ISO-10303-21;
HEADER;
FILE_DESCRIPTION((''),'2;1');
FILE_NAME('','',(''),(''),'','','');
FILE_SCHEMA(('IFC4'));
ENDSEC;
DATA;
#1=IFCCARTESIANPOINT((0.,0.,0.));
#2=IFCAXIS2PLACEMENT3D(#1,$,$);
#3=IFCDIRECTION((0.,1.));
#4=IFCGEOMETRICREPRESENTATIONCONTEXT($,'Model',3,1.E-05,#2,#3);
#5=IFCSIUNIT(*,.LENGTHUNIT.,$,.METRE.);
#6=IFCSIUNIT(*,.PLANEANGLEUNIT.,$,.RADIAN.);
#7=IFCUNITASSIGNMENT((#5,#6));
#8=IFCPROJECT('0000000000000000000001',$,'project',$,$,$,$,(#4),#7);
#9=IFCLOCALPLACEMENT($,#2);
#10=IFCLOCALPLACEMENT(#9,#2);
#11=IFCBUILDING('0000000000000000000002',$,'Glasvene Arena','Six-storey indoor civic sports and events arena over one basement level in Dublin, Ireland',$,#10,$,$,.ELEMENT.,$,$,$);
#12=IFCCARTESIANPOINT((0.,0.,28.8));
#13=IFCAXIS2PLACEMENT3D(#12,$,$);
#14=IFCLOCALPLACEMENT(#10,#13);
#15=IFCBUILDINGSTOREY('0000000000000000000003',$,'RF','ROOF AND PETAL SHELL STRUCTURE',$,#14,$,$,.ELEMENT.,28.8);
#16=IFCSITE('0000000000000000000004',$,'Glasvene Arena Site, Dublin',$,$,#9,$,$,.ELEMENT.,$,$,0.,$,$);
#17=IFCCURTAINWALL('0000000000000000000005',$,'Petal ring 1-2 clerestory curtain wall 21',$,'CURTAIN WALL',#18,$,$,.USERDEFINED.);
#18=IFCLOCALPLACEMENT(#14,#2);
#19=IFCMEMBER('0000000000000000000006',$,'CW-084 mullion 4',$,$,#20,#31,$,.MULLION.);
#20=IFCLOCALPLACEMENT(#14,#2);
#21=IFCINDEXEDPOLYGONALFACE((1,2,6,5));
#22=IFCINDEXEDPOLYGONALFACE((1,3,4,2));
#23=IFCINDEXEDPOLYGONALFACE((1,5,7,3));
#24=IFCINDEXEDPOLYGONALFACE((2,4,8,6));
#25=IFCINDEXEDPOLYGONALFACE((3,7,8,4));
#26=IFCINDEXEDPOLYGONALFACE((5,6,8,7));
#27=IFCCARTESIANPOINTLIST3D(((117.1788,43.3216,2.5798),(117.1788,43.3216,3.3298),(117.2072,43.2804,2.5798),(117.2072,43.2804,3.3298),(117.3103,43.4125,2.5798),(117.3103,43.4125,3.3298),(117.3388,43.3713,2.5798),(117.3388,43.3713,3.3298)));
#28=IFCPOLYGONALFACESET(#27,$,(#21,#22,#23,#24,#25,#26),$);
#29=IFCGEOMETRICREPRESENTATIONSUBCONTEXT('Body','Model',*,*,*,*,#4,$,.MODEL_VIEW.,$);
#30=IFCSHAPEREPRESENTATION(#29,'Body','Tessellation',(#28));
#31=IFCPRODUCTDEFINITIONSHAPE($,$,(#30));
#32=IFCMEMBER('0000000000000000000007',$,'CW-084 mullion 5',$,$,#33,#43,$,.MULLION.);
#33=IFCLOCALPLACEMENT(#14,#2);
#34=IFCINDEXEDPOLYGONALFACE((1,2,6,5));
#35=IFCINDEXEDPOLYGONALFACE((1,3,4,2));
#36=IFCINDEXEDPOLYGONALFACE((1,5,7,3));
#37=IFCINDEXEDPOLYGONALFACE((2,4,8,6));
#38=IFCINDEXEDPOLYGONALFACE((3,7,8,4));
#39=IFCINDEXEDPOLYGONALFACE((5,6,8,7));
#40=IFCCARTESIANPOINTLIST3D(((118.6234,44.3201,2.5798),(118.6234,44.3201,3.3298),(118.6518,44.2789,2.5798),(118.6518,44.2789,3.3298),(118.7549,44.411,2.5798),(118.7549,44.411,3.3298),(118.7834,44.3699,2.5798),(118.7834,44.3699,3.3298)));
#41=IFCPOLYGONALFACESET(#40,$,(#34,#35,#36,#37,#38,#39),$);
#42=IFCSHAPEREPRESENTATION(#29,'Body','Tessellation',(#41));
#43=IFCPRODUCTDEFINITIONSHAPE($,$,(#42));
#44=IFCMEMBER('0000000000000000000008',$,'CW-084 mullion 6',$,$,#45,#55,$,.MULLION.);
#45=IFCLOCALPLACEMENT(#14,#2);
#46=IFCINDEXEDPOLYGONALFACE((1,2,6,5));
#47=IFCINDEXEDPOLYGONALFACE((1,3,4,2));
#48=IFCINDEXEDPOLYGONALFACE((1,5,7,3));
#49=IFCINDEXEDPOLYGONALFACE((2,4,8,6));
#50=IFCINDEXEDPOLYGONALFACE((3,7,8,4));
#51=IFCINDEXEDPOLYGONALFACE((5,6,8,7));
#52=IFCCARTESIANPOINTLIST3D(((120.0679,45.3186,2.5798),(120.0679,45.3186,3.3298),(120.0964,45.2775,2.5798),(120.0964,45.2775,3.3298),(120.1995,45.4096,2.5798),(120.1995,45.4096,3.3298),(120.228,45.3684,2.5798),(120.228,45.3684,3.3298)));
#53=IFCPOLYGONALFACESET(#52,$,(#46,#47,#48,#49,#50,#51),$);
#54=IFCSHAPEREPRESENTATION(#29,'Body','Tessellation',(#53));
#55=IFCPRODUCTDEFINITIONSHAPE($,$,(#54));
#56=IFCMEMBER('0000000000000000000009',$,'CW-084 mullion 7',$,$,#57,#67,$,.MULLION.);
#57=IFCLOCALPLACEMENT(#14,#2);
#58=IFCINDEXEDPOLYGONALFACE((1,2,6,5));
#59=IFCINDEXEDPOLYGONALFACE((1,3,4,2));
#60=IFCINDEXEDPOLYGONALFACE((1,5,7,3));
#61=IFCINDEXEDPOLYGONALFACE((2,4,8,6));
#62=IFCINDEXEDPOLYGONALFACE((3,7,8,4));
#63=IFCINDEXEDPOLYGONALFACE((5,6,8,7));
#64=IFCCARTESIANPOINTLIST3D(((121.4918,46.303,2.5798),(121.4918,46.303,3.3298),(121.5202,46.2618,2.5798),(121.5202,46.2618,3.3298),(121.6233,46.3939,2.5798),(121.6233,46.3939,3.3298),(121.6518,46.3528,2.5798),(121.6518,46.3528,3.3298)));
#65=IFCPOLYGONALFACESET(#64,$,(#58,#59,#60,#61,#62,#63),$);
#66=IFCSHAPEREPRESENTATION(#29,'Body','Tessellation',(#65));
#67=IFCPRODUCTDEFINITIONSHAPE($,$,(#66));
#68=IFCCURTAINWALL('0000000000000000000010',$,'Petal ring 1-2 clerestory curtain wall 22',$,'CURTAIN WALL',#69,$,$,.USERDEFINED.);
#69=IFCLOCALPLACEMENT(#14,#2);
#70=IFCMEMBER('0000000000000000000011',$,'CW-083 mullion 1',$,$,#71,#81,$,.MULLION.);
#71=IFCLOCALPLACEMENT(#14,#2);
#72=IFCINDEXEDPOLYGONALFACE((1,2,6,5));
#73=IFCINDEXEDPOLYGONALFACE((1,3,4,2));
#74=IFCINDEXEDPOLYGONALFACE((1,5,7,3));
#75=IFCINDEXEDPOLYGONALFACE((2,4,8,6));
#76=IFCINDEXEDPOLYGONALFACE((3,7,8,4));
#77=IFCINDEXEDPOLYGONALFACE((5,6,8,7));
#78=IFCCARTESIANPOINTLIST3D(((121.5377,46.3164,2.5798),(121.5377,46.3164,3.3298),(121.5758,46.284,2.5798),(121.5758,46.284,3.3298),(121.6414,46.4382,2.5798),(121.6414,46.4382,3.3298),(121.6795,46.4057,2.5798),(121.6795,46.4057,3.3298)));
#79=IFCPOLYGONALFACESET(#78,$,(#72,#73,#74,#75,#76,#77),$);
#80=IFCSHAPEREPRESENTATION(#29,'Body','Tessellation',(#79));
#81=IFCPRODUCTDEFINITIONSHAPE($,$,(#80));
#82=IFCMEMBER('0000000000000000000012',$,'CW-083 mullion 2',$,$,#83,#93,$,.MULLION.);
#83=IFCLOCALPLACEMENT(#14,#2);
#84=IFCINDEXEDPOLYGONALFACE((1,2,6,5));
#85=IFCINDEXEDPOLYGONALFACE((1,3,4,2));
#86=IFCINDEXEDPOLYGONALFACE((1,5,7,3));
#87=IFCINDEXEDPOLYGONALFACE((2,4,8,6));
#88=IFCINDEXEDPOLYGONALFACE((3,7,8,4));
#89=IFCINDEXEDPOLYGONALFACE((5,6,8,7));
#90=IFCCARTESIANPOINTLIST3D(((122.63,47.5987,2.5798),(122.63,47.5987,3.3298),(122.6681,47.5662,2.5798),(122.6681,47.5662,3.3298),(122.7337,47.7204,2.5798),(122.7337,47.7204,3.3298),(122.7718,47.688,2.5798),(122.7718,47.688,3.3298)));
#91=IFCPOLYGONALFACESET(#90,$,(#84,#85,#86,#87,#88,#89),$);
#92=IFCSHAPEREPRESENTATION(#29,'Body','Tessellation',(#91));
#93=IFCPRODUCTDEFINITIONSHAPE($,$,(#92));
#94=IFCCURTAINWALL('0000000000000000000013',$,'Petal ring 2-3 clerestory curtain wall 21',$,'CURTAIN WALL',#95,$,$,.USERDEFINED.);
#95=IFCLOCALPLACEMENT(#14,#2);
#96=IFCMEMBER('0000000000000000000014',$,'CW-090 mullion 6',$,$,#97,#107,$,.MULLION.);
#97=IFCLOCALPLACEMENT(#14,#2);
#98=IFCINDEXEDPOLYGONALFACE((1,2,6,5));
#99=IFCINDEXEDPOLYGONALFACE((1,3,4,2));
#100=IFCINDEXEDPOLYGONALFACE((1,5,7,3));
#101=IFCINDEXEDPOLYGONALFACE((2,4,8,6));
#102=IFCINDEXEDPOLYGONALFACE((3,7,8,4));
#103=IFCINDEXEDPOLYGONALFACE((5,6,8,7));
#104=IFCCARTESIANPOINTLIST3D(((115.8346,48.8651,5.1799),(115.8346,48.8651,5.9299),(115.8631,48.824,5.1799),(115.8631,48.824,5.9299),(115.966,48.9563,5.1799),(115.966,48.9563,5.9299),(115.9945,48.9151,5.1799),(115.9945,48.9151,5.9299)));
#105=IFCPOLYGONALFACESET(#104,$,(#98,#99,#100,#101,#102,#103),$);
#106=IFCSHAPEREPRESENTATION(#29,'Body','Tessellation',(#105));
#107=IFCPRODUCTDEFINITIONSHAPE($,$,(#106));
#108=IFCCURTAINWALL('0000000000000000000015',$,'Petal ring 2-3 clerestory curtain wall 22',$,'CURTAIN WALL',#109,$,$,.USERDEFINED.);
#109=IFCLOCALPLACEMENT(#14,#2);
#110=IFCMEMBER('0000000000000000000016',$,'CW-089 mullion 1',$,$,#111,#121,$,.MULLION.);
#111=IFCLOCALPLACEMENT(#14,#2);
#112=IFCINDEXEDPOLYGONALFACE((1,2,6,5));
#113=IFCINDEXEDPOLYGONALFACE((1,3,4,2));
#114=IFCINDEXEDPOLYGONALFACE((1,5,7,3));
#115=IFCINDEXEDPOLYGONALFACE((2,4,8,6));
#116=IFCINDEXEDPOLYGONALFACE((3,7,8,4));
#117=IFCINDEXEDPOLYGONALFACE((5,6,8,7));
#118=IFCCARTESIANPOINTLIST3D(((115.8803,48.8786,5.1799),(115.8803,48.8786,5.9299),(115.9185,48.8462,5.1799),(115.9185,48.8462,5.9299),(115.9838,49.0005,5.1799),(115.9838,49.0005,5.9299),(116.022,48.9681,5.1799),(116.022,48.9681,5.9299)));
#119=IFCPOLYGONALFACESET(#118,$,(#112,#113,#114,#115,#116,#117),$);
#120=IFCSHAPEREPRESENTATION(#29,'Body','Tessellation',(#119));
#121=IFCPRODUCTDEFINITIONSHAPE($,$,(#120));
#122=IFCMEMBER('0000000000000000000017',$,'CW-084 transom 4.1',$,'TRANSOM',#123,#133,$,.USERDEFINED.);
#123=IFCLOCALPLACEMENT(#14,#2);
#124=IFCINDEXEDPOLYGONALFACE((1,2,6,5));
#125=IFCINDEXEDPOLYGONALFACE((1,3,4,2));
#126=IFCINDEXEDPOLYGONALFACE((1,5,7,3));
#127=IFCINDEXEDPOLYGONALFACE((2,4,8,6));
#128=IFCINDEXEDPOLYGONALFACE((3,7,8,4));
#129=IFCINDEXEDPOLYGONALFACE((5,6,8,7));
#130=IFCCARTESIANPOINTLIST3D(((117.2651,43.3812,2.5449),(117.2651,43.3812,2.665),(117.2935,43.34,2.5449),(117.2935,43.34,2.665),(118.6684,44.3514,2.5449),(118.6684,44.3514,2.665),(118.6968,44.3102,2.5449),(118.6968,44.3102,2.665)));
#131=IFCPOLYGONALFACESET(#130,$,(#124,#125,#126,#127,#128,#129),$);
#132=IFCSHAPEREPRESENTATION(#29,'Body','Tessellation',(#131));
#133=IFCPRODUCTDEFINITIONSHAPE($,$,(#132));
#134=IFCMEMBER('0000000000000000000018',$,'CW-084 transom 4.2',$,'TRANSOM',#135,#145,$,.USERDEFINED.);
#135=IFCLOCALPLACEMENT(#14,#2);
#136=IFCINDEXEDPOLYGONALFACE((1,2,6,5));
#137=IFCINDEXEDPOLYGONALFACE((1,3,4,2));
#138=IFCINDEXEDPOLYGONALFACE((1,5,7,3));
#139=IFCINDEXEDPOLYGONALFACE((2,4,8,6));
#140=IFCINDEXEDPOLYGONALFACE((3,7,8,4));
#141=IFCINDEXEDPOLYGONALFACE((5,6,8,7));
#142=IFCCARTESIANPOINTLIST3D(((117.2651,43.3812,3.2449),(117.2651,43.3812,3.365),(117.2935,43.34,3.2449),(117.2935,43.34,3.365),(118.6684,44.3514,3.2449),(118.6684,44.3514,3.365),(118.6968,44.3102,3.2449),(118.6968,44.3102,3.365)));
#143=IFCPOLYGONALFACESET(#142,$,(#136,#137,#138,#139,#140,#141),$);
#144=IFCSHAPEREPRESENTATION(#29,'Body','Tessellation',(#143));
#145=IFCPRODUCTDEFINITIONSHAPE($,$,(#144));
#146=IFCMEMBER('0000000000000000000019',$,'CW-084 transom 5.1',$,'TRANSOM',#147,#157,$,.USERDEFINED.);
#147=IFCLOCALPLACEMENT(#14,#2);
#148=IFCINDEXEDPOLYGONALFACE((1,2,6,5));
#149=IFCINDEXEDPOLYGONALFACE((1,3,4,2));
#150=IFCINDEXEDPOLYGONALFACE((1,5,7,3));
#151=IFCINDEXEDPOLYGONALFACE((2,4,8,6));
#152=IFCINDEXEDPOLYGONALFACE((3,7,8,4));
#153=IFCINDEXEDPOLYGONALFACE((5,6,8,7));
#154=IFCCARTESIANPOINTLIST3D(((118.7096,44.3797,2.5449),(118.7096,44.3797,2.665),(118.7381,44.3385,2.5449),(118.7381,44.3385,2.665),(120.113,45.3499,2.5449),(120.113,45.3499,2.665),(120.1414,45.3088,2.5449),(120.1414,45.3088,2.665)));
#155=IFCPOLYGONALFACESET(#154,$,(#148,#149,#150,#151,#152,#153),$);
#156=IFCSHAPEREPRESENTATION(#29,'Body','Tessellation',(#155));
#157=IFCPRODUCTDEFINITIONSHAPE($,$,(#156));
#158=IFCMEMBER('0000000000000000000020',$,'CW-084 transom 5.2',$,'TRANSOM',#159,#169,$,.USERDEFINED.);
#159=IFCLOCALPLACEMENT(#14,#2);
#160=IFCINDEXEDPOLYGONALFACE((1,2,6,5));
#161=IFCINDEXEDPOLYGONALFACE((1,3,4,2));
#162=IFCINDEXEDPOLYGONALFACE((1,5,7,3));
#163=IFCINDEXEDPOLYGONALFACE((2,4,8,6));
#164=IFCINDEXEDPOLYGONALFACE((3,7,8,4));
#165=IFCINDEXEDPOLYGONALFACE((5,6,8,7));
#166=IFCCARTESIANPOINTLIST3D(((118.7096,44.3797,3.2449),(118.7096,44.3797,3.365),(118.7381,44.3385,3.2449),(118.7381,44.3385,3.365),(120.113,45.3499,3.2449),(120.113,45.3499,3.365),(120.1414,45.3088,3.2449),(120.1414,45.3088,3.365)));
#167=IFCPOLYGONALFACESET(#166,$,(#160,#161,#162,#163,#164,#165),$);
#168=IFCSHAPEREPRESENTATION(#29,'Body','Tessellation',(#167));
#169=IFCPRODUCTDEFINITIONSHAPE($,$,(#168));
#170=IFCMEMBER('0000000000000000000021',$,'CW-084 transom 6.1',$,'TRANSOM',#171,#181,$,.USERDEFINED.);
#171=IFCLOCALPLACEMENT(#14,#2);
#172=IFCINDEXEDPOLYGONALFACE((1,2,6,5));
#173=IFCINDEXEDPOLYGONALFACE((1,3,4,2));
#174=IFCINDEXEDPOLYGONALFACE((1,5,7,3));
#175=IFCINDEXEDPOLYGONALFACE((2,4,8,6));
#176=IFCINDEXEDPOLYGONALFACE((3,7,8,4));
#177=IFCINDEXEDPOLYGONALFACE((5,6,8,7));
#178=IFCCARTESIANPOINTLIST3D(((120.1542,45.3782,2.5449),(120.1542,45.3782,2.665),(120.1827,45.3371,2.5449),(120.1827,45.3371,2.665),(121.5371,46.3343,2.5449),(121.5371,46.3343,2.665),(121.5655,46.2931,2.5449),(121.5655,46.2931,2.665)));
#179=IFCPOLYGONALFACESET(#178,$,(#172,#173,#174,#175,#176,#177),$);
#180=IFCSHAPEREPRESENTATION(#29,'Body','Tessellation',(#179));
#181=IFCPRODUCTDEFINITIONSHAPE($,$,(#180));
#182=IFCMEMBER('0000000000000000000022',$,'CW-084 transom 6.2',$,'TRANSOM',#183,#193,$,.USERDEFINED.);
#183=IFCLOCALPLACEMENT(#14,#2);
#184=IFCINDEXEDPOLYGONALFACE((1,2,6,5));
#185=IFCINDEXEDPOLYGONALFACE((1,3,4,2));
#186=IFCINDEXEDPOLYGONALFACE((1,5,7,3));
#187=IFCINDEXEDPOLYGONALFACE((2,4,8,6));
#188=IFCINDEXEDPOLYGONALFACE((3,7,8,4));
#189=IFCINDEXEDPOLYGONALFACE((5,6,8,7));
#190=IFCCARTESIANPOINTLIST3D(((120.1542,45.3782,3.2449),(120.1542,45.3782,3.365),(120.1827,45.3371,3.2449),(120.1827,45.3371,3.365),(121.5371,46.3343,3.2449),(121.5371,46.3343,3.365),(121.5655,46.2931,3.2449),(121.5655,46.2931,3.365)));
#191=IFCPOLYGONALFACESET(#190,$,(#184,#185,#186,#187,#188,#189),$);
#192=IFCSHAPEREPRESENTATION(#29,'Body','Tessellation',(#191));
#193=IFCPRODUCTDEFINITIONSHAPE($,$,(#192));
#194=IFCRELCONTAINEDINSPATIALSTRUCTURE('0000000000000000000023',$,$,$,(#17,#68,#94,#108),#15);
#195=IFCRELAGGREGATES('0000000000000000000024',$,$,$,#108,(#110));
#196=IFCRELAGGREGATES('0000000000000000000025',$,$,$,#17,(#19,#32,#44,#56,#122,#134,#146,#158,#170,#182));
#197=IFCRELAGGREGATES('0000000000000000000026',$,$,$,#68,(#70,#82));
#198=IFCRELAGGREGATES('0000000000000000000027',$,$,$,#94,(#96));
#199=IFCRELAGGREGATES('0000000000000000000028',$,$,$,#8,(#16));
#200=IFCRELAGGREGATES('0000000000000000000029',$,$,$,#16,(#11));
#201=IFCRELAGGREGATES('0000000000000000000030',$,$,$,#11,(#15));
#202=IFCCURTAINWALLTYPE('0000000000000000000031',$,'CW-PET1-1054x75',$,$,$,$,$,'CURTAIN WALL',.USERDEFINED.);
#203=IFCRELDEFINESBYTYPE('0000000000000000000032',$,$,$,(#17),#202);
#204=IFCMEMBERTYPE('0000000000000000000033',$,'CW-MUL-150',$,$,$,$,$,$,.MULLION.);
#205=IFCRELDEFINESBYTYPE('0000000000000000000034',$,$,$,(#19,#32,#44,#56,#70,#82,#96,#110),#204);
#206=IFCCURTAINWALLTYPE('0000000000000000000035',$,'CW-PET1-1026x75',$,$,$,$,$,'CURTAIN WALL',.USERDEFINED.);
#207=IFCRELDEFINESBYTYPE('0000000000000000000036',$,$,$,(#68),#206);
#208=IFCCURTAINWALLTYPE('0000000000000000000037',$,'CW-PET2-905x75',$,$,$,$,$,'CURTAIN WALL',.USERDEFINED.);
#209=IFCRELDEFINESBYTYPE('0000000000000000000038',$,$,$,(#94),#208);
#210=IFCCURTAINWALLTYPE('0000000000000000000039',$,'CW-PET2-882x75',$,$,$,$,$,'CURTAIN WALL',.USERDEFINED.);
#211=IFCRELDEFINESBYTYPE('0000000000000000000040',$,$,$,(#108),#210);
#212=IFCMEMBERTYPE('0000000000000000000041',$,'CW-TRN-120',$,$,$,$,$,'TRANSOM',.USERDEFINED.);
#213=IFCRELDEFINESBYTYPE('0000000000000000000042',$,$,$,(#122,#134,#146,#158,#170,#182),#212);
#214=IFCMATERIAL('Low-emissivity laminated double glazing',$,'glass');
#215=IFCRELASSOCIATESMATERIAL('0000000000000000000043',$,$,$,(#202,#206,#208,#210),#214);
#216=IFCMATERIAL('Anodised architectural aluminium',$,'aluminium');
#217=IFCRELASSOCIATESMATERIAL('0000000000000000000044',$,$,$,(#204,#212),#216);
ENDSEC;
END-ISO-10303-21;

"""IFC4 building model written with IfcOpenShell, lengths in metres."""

from ifc_helpers import new_model, si_unit, direction, frame, origin, origin_2d, place, context, subcontext, project, spatial, rectangle, extrude, material, material_profile, profile_set, type_object, element, aggregate, save


model = new_model("IFC4")

# Units and contexts
model_context = context("Model", 3, precision=1e-05, world=origin(), true_north=direction((0.0, 1.0)))
body_context = subcontext(model_context, "Body", "Model", "MODEL_VIEW")
ifc_project = project(units=[si_unit("LENGTHUNIT", "METRE"), si_unit("PLANEANGLEUNIT", "RADIAN")], contexts=[model_context])

# Site, building, storey
site_placement = place(None, origin())
site = spatial("IfcSite", under=ifc_project, at=site_placement, Name="Glasvene Arena Site, Dublin", CompositionType="ELEMENT", RefElevation=0.0)
building_placement = place(site_placement, origin())
building = spatial("IfcBuilding", under=site, at=building_placement, Name="Glasvene Arena", Description="Six-storey indoor civic sports and events arena over one basement level in Dublin, Ireland", CompositionType="ELEMENT")
storey_placement = place(building_placement, frame((0.0, 0.0, 28.8)))
storey = spatial("IfcBuildingStorey", under=building, at=storey_placement, Name="RF", Description="ROOF AND PETAL SHELL STRUCTURE", CompositionType="ELEMENT", Elevation=28.8)

# Curtain walls, members
ifc_material_1 = material(Name="Low-emissivity laminated double glazing", Category="glass")
curtain_wall_type_1 = type_object("IfcCurtainWallType", Name="CW-PET1-1054x75", ElementType="CURTAIN WALL", PredefinedType="USERDEFINED", material=ifc_material_1)
curtain_wall_1_placement = place(storey_placement, frame((112.925, 40.3508, 0.0)))
curtain_wall_1 = element("IfcCurtainWall", 1, at=curtain_wall_1_placement, inside=storey, type_object=curtain_wall_type_1, Name="Petal ring 1-2 clerestory curtain wall 21", ObjectType="CURTAIN WALL", PredefinedType="USERDEFINED")
ifc_material_2 = material(Name="Anodised architectural aluminium", Category="aluminium")
ifc_material_profile_1 = material_profile(ifc_material_2, rectangle(XDim=0.05, YDim=0.1599, at=origin_2d()), Name="ALU MULLION 50x160")
ifc_profile_set_1 = profile_set([ifc_material_profile_1], Name="Anodised architectural aluminium")
member_type_1 = type_object("IfcMemberType", Name="CW-MUL-150", PredefinedType="MULLION", material=ifc_profile_set_1)
member_1_placement = place(storey_placement, frame((117.2588, 43.3464, 2.5798), z_axis=(0.0, 0.0, 1.0), x_axis=(-0.568619, 0.822601, 0.0)))
member_1 = element("IfcMember", 2, at=member_1_placement, type_object=member_type_1, Name="CW-084 mullion 4", PredefinedType="MULLION", context=body_context, shape_type="SweptSolid", body=[
    extrude(rectangle(XDim=0.05, YDim=0.1599, at=origin_2d()), origin(), (0.0, 0.0, 1.0), 0.75),
])
member_2_placement = place(storey_placement, frame((118.7034, 44.345, 2.5798), z_axis=(0.0, 0.0, 1.0), x_axis=(-0.568619, 0.822601, 0.0)))
member_2 = element("IfcMember", 3, at=member_2_placement, type_object=member_type_1, Name="CW-084 mullion 5", PredefinedType="MULLION", context=body_context, shape_type="SweptSolid", body=[
    extrude(rectangle(XDim=0.05, YDim=0.1599, at=origin_2d()), origin(), (0.0, 0.0, 1.0), 0.75),
])
member_3_placement = place(storey_placement, frame((120.1479, 45.3435, 2.5798), z_axis=(0.0, 0.0, 1.0), x_axis=(-0.568619, 0.822601, 0.0)))
member_3 = element("IfcMember", 4, at=member_3_placement, type_object=member_type_1, Name="CW-084 mullion 6", PredefinedType="MULLION", context=body_context, shape_type="SweptSolid", body=[
    extrude(rectangle(XDim=0.05, YDim=0.1599, at=origin_2d()), origin(), (0.0, 0.0, 1.0), 0.75),
])
member_4_placement = place(storey_placement, frame((121.5718, 46.3279, 2.5798), z_axis=(0.0, 0.0, 1.0), x_axis=(-0.568619, 0.822601, 0.0)))
member_4 = element("IfcMember", 5, at=member_4_placement, type_object=member_type_1, Name="CW-084 mullion 7", PredefinedType="MULLION", context=body_context, shape_type="SweptSolid", body=[
    extrude(rectangle(XDim=0.05, YDim=0.1599, at=origin_2d()), origin(), (0.0, 0.0, 1.0), 0.75),
])
curtain_wall_type_2 = type_object("IfcCurtainWallType", Name="CW-PET1-1026x75", ElementType="CURTAIN WALL", PredefinedType="USERDEFINED", material=ifc_material_1)
curtain_wall_2_placement = place(storey_placement, frame((121.5923, 46.342, 0.0)))
curtain_wall_2 = element("IfcCurtainWall", 6, at=curtain_wall_2_placement, inside=storey, type_object=curtain_wall_type_2, Name="Petal ring 1-2 clerestory curtain wall 22", ObjectType="CURTAIN WALL", PredefinedType="USERDEFINED")
member_5_placement = place(storey_placement, frame((121.6086, 46.3611, 2.5798), z_axis=(0.0, 0.0, 1.0), x_axis=(-0.761261, 0.648445, 0.0)))
member_5 = element("IfcMember", 7, at=member_5_placement, type_object=member_type_1, Name="CW-083 mullion 1", PredefinedType="MULLION", context=body_context, shape_type="SweptSolid", body=[
    extrude(rectangle(XDim=0.05, YDim=0.1599, at=origin_2d()), origin(), (0.0, 0.0, 1.0), 0.75),
])
member_6_placement = place(storey_placement, frame((122.7009, 47.6433, 2.5798), z_axis=(0.0, 0.0, 1.0), x_axis=(-0.761261, 0.648445, 0.0)))
member_6 = element("IfcMember", 8, at=member_6_placement, type_object=member_type_1, Name="CW-083 mullion 2", PredefinedType="MULLION", context=body_context, shape_type="SweptSolid", body=[
    extrude(rectangle(XDim=0.05, YDim=0.1599, at=origin_2d()), origin(), (0.0, 0.0, 1.0), 0.75),
])

# Curtain walls, members
curtain_wall_type_3 = type_object("IfcCurtainWallType", Name="CW-PET2-905x75", ElementType="CURTAIN WALL", PredefinedType="USERDEFINED", material=ifc_material_1)
curtain_wall_3_placement = place(storey_placement, frame((108.5, 43.7476, 0.0)))
curtain_wall_3 = element("IfcCurtainWall", 9, at=curtain_wall_3_placement, inside=storey, type_object=curtain_wall_type_3, Name="Petal ring 2-3 clerestory curtain wall 21", ObjectType="CURTAIN WALL", PredefinedType="USERDEFINED")
member_7_placement = place(storey_placement, frame((115.9146, 48.8901, 5.1799), z_axis=(0.0, 0.0, 1.0), x_axis=(-0.569921, 0.821699, 0.0)))
member_7 = element("IfcMember", 10, at=member_7_placement, type_object=member_type_1, Name="CW-090 mullion 6", PredefinedType="MULLION", context=body_context, shape_type="SweptSolid", body=[
    extrude(rectangle(XDim=0.05, YDim=0.1599, at=origin_2d()), origin(), (0.0, 0.0, 1.0), 0.75),
])
curtain_wall_type_4 = type_object("IfcCurtainWallType", Name="CW-PET2-882x75", ElementType="CURTAIN WALL", PredefinedType="USERDEFINED", material=ifc_material_1)
curtain_wall_4_placement = place(storey_placement, frame((115.9351, 48.9043, 0.0)))
curtain_wall_4 = element("IfcCurtainWall", 11, at=curtain_wall_4_placement, inside=storey, type_object=curtain_wall_type_4, Name="Petal ring 2-3 clerestory curtain wall 22", ObjectType="CURTAIN WALL", PredefinedType="USERDEFINED")
member_8_placement = place(storey_placement, frame((115.9512, 48.9233, 5.1799), z_axis=(0.0, 0.0, 1.0), x_axis=(-0.762348, 0.647167, 0.0)))
member_8 = element("IfcMember", 12, at=member_8_placement, type_object=member_type_1, Name="CW-089 mullion 1", PredefinedType="MULLION", context=body_context, shape_type="SweptSolid", body=[
    extrude(rectangle(XDim=0.05, YDim=0.1599, at=origin_2d()), origin(), (0.0, 0.0, 1.0), 0.75),
])
aggregate(curtain_wall_4, [member_8])

# Members
ifc_material_profile_2 = material_profile(ifc_material_2, rectangle(XDim=0.05, YDim=0.1201, at=origin_2d()), Name="ALU TRANSOM 50x120")
ifc_profile_set_2 = profile_set([ifc_material_profile_2], Name="Anodised architectural aluminium")
member_type_2 = type_object("IfcMemberType", Name="CW-TRN-120", ElementType="TRANSOM", PredefinedType="USERDEFINED", material=ifc_profile_set_2)
member_9_placement = place(storey_placement, frame((117.2793, 43.3606, 2.605), z_axis=(0.822553, 0.568689, 0.0), x_axis=(-0.568689, 0.822553, 0.0)))
member_9 = element("IfcMember", 13, at=member_9_placement, type_object=member_type_2, Name="CW-084 transom 4.1", ObjectType="TRANSOM", PredefinedType="USERDEFINED", context=body_context, shape_type="SweptSolid", body=[
    extrude(rectangle(XDim=0.05, YDim=0.1201, at=origin_2d()), origin(), (0.0, 0.0, 1.0), 1.7061),
])
member_10_placement = place(storey_placement, frame((117.2793, 43.3606, 3.3049), z_axis=(0.822553, 0.568689, 0.0), x_axis=(-0.568689, 0.822553, 0.0)))
member_10 = element("IfcMember", 14, at=member_10_placement, type_object=member_type_2, Name="CW-084 transom 4.2", ObjectType="TRANSOM", PredefinedType="USERDEFINED", context=body_context, shape_type="SweptSolid", body=[
    extrude(rectangle(XDim=0.05, YDim=0.1201, at=origin_2d()), origin(), (0.0, 0.0, 1.0), 1.7061),
])
member_11_placement = place(storey_placement, frame((118.7239, 44.3591, 2.605), z_axis=(0.822553, 0.568689, 0.0), x_axis=(-0.568689, 0.822553, 0.0)))
member_11 = element("IfcMember", 15, at=member_11_placement, type_object=member_type_2, Name="CW-084 transom 5.1", ObjectType="TRANSOM", PredefinedType="USERDEFINED", context=body_context, shape_type="SweptSolid", body=[
    extrude(rectangle(XDim=0.05, YDim=0.1201, at=origin_2d()), origin(), (0.0, 0.0, 1.0), 1.7061),
])
member_12_placement = place(storey_placement, frame((118.7239, 44.3591, 3.3049), z_axis=(0.822553, 0.568689, 0.0), x_axis=(-0.568689, 0.822553, 0.0)))
member_12 = element("IfcMember", 16, at=member_12_placement, type_object=member_type_2, Name="CW-084 transom 5.2", ObjectType="TRANSOM", PredefinedType="USERDEFINED", context=body_context, shape_type="SweptSolid", body=[
    extrude(rectangle(XDim=0.05, YDim=0.1201, at=origin_2d()), origin(), (0.0, 0.0, 1.0), 1.7061),
])
member_13_placement = place(storey_placement, frame((120.1685, 45.3577, 2.605), z_axis=(0.822548, 0.568696, 0.0), x_axis=(-0.568696, 0.822548, 0.0)))
member_13 = element("IfcMember", 17, at=member_13_placement, type_object=member_type_2, Name="CW-084 transom 6.1", ObjectType="TRANSOM", PredefinedType="USERDEFINED", context=body_context, shape_type="SweptSolid", body=[
    extrude(rectangle(XDim=0.05, YDim=0.1201, at=origin_2d()), origin(), (0.0, 0.0, 1.0), 1.6812),
])
member_14_placement = place(storey_placement, frame((120.1685, 45.3577, 3.3049), z_axis=(0.822548, 0.568696, 0.0), x_axis=(-0.568696, 0.822548, 0.0)))
member_14 = element("IfcMember", 18, at=member_14_placement, type_object=member_type_2, Name="CW-084 transom 6.2", ObjectType="TRANSOM", PredefinedType="USERDEFINED", context=body_context, shape_type="SweptSolid", body=[
    extrude(rectangle(XDim=0.05, YDim=0.1201, at=origin_2d()), origin(), (0.0, 0.0, 1.0), 1.6812),
])

aggregate(curtain_wall_1, [member_1, member_2, member_3, member_4, member_9, member_10, member_11, member_12, member_13, member_14])
aggregate(curtain_wall_2, [member_5, member_6])
aggregate(curtain_wall_3, [member_7])

save(model, "model.ifc")
